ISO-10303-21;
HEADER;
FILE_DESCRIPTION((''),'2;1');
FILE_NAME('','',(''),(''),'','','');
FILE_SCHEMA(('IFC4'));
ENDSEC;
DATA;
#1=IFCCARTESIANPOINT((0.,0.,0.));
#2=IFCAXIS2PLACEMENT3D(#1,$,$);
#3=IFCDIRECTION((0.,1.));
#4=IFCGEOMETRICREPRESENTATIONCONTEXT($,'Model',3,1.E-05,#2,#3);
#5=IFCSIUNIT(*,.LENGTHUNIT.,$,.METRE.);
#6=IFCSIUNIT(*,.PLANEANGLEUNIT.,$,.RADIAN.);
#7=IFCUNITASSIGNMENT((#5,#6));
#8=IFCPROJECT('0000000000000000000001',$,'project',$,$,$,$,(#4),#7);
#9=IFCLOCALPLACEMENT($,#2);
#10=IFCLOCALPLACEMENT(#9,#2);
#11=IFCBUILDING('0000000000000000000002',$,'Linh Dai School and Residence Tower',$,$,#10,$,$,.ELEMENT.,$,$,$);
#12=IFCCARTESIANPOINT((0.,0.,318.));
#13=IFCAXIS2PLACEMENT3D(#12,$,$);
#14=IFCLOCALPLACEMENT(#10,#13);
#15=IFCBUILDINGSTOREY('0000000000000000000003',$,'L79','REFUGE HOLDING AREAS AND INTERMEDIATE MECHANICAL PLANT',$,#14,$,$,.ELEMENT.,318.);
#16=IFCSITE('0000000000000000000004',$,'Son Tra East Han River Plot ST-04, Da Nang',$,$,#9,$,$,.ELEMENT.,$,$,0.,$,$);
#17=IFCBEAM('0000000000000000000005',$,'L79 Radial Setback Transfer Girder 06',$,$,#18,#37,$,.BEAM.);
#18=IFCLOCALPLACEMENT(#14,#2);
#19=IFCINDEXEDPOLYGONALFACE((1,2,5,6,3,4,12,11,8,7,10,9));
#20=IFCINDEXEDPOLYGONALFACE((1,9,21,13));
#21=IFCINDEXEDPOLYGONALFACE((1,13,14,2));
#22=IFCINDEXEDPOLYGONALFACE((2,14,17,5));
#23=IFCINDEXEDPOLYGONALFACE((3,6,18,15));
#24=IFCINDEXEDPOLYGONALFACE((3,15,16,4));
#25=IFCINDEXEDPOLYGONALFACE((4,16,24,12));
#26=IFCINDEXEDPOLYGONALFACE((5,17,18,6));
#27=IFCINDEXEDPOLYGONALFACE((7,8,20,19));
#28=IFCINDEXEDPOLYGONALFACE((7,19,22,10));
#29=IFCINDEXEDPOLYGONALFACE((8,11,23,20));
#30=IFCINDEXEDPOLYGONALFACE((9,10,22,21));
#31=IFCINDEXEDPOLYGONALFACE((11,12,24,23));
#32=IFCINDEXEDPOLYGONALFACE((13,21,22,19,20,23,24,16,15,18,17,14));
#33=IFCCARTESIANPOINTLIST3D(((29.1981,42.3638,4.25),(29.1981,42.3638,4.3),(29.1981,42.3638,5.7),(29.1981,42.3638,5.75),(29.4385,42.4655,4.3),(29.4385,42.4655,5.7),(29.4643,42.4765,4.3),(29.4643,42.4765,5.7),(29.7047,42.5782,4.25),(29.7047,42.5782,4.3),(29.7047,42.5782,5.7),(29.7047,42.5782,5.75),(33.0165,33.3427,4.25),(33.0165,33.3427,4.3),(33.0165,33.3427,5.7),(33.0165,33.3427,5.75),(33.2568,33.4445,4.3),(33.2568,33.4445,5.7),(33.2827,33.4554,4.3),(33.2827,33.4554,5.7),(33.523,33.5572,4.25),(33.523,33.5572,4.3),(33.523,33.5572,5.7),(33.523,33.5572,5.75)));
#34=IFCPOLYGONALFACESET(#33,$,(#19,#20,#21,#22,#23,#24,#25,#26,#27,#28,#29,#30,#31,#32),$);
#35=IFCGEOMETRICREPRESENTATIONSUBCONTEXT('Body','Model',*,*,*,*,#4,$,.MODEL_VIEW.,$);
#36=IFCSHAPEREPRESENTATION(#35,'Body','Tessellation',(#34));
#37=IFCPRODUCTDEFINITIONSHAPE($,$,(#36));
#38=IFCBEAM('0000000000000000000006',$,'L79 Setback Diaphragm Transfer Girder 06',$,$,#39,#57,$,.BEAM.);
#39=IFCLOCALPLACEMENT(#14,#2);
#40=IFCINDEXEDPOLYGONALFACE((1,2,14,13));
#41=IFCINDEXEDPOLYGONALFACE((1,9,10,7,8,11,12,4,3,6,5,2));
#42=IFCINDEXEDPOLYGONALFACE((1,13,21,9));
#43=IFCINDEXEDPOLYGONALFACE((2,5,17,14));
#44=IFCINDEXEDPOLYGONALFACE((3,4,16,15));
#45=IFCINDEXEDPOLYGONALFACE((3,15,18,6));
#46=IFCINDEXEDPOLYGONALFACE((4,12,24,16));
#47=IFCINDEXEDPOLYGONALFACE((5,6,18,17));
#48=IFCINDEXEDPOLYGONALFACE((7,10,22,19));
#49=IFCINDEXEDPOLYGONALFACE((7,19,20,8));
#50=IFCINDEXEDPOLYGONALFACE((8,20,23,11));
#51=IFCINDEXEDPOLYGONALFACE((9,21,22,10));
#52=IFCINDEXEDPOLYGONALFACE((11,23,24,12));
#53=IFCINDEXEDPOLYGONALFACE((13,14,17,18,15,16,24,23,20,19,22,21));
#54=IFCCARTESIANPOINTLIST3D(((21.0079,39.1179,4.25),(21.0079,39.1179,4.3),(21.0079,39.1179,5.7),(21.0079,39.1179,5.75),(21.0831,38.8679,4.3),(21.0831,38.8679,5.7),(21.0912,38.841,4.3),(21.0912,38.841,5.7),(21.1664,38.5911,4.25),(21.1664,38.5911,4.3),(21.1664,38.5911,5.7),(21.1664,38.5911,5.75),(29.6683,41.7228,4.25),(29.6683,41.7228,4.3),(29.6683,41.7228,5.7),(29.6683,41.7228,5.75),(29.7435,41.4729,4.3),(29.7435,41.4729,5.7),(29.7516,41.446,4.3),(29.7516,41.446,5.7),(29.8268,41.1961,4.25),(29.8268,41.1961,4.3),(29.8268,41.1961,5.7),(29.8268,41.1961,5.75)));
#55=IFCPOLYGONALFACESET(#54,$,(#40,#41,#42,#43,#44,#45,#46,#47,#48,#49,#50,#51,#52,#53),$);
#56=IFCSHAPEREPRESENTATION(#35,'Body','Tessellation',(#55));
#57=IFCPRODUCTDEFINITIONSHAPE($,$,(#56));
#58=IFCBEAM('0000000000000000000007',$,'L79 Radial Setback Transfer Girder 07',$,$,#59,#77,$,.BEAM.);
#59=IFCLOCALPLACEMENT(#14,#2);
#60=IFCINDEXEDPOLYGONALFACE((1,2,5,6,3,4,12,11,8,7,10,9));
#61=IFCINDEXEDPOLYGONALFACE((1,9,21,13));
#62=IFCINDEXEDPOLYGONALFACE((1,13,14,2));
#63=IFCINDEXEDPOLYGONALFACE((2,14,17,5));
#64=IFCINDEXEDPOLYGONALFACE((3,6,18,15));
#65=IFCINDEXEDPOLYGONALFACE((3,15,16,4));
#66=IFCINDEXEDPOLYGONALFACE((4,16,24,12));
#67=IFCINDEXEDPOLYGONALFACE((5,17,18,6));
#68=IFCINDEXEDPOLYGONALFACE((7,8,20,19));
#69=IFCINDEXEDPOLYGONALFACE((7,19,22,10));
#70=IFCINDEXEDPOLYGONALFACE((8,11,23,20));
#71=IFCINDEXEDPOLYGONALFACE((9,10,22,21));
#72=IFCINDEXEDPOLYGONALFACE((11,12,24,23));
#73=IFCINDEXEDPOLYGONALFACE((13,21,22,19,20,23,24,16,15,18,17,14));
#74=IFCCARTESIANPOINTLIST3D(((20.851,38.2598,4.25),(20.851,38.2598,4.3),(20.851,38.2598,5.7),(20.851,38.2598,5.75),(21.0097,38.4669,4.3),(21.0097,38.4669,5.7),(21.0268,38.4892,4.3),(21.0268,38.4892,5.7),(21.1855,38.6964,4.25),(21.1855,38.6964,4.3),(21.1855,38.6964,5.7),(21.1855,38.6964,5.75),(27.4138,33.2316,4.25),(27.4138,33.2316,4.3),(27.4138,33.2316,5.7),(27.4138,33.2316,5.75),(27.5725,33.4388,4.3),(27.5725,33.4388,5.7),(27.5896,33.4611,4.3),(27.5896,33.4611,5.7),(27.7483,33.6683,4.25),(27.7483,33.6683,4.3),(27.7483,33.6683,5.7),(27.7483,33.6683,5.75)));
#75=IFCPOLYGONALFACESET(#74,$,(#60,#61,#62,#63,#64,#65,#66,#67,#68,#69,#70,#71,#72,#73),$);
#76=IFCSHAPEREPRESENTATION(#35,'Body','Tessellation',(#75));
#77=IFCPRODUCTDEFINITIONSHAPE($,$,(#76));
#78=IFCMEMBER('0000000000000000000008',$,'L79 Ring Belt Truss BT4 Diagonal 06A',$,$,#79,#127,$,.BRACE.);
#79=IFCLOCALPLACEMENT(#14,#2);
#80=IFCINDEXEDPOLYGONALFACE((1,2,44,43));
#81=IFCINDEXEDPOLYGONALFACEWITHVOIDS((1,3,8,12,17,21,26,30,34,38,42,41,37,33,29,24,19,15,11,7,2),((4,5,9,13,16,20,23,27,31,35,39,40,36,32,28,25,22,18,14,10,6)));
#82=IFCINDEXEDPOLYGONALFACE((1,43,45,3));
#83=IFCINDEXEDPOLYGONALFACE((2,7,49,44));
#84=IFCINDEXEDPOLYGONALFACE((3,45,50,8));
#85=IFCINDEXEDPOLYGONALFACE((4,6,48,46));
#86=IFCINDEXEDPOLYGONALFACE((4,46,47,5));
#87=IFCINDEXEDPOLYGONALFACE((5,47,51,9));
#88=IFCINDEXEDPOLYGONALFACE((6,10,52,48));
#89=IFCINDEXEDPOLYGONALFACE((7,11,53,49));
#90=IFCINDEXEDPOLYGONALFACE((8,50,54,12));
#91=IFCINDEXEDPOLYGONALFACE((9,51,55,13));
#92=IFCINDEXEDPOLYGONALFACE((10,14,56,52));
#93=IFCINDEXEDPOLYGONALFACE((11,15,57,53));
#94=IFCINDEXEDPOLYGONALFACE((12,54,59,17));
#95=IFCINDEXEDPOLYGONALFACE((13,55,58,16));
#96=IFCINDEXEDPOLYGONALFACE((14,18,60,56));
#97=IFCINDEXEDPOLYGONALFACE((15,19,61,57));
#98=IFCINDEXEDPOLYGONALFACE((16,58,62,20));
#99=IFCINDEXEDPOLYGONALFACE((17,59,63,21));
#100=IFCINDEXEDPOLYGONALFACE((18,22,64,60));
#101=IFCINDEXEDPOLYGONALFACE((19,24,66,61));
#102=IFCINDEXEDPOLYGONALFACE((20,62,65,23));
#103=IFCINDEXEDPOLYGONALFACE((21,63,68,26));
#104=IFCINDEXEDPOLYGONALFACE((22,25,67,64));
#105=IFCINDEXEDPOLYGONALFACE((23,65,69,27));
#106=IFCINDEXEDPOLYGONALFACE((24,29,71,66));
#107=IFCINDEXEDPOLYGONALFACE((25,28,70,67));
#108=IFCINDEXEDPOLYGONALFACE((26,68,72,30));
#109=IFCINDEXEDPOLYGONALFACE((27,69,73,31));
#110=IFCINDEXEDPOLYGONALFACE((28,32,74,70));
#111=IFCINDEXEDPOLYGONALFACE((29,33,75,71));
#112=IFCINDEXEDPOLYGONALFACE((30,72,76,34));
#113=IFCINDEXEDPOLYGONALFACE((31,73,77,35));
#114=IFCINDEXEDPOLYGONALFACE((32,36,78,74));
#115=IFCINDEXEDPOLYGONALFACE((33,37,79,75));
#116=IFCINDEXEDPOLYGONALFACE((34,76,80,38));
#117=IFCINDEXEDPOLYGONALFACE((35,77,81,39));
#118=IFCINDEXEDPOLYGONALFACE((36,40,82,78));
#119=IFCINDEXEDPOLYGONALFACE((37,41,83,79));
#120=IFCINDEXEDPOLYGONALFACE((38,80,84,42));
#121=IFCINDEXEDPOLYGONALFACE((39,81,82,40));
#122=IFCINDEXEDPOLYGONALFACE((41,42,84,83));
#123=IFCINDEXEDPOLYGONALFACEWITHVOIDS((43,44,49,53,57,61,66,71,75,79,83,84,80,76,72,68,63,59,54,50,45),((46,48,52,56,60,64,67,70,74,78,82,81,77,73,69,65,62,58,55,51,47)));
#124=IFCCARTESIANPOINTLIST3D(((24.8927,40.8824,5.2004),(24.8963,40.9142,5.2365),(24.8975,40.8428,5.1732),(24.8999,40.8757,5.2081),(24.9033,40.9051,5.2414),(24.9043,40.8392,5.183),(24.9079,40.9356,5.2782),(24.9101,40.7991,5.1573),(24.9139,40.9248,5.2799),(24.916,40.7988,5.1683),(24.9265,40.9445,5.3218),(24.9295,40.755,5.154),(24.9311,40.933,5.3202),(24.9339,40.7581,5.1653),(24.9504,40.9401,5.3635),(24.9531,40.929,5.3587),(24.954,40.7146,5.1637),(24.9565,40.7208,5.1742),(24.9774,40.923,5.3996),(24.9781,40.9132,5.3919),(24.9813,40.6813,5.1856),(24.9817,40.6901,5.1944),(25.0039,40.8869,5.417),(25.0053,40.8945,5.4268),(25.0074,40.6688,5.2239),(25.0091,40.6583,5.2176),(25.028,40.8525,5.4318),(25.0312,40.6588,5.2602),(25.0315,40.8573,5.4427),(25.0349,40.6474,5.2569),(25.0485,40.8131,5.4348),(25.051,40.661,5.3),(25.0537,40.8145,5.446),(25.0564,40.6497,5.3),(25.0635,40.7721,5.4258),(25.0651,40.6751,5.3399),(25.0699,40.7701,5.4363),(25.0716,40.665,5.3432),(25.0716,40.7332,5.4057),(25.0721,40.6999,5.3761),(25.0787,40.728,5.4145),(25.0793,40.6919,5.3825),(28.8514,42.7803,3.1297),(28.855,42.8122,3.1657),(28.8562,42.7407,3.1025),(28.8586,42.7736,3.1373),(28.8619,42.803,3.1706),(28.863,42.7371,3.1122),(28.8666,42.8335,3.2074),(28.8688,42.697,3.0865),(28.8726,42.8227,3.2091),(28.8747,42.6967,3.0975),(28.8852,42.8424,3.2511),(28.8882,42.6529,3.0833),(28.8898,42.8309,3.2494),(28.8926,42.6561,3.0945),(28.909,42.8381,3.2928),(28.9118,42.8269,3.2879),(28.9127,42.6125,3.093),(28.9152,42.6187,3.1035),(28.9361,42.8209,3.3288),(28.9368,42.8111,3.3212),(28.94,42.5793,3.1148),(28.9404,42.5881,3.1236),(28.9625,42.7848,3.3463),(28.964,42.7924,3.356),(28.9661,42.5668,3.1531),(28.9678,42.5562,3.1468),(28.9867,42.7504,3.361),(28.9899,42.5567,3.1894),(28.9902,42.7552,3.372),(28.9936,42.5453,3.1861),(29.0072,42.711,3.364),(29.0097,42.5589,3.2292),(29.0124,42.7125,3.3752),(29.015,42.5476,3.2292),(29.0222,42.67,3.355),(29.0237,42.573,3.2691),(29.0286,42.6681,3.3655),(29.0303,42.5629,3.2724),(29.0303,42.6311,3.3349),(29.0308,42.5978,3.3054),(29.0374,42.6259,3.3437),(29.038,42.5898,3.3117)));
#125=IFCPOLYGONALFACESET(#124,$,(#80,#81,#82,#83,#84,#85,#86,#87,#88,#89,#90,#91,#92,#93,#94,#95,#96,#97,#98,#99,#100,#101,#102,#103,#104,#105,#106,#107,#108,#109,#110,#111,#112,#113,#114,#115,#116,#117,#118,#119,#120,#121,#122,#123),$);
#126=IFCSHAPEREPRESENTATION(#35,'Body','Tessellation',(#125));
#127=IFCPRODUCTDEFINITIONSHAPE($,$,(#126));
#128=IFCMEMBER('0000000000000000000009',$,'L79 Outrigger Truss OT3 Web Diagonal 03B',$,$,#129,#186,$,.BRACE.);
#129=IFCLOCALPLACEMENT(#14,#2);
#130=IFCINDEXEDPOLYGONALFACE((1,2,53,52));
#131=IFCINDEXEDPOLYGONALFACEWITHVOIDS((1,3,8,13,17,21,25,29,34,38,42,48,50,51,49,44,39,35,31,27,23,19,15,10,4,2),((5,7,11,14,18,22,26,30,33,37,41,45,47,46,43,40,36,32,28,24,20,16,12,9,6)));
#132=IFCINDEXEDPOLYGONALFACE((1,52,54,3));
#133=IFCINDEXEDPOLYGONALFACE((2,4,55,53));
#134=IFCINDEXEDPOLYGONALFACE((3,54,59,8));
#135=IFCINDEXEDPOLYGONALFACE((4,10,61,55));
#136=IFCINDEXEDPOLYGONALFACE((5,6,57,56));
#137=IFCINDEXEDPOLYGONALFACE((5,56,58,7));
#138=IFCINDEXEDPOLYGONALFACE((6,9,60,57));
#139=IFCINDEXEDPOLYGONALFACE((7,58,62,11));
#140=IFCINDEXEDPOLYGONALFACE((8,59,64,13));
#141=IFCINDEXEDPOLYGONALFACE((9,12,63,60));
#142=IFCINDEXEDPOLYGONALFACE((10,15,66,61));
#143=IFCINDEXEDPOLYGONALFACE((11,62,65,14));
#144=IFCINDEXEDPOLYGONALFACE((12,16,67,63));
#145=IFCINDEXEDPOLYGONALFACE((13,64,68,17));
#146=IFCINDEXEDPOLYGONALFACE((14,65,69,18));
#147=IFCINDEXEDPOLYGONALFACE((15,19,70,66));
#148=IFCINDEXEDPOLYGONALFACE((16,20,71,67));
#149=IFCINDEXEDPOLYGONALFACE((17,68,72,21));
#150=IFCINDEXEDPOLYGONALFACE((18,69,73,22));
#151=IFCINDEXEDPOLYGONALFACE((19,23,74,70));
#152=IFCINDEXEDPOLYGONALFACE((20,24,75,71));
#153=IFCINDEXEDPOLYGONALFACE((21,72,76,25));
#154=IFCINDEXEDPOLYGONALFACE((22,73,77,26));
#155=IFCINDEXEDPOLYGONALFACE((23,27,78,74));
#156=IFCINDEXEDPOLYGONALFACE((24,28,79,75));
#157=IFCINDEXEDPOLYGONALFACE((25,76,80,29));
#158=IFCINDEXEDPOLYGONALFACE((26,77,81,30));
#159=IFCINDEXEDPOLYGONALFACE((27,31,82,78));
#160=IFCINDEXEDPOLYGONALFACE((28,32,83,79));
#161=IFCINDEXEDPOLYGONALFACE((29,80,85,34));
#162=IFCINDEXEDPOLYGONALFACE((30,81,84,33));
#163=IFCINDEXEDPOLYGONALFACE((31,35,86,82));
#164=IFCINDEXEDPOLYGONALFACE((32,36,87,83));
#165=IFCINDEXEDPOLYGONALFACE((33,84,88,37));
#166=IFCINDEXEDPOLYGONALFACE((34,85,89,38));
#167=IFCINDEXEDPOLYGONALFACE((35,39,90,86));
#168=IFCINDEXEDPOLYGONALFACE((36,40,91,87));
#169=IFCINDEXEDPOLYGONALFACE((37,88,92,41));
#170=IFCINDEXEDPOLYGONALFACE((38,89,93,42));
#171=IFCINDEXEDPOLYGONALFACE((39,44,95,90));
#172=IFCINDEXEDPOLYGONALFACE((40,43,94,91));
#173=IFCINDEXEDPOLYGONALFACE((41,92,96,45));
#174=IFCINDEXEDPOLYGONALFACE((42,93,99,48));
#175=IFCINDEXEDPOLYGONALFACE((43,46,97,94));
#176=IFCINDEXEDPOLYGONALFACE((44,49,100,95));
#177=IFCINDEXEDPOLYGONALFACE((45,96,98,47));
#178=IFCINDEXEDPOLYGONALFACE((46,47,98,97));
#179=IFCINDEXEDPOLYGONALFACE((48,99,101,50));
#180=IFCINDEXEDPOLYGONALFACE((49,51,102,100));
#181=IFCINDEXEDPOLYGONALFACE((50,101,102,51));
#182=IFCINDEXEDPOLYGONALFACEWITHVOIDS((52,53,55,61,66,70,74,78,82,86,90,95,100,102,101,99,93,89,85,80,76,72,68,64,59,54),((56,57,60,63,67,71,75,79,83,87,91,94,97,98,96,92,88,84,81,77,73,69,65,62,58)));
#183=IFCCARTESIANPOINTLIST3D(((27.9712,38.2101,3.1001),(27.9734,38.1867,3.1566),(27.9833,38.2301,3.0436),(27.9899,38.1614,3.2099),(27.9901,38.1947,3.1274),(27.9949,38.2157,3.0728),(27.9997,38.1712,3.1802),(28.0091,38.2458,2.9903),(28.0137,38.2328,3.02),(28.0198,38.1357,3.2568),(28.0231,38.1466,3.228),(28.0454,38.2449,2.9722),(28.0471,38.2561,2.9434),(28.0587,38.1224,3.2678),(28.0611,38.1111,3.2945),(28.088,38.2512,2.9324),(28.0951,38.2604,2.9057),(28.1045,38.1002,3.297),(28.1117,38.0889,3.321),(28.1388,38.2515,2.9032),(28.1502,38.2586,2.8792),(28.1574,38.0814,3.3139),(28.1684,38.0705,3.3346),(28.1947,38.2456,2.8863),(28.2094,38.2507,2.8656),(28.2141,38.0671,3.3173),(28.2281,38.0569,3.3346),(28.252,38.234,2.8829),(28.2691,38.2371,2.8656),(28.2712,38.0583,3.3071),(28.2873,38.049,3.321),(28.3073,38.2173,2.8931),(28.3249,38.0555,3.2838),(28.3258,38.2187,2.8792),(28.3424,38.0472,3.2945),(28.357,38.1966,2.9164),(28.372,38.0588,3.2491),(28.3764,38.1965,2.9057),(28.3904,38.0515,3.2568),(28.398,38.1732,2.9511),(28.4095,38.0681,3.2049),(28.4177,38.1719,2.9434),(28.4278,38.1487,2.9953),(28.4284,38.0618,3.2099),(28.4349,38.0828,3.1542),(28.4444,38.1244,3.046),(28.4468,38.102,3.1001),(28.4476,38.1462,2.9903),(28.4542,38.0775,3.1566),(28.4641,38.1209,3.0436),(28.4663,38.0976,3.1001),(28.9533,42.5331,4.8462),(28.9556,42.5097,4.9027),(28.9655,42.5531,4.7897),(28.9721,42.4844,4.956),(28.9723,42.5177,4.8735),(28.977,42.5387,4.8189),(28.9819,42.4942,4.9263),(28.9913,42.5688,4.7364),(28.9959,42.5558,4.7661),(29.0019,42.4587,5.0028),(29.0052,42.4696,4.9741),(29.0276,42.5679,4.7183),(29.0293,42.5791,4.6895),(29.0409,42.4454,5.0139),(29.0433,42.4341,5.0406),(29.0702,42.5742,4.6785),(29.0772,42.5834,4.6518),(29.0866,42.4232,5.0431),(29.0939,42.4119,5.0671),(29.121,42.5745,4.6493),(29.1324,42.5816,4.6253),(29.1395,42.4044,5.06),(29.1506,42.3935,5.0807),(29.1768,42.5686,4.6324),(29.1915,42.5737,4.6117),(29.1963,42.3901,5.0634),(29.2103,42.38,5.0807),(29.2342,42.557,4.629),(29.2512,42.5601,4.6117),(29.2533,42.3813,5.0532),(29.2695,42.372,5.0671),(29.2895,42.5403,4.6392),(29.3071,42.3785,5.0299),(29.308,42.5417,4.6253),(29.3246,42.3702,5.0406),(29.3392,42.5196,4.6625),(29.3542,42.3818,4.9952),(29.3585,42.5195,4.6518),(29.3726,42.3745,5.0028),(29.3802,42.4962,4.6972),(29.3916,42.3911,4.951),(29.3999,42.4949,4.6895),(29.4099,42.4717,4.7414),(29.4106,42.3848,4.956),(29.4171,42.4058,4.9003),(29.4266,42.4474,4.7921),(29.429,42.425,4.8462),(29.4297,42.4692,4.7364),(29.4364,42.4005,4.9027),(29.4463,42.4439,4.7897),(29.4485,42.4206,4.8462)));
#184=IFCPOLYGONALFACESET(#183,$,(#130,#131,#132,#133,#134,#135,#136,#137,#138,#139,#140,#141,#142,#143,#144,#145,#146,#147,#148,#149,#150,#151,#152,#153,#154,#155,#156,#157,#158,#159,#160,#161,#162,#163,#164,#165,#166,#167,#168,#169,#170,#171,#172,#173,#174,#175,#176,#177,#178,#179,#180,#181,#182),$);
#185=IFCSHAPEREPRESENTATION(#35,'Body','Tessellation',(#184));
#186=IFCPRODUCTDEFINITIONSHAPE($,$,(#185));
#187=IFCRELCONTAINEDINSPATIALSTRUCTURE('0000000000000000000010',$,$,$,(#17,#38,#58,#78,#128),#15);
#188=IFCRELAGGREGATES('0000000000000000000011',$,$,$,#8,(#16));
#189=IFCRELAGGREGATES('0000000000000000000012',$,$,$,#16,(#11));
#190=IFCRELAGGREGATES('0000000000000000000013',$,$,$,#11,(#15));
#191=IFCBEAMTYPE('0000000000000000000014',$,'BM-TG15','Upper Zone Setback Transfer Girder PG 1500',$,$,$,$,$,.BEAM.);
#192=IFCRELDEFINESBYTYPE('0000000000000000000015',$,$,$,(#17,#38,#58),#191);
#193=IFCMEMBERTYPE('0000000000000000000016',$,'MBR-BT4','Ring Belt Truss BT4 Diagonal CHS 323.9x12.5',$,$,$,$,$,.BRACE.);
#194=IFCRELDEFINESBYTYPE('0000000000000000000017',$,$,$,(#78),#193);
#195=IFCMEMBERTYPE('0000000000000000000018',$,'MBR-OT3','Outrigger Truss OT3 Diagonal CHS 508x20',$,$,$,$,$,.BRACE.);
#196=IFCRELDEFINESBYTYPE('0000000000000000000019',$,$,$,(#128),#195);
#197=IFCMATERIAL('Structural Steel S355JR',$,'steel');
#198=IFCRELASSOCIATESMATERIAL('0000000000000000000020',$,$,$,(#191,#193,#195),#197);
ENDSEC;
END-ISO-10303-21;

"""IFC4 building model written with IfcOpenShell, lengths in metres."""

from ifc_helpers import new_model, si_unit, direction, frame, origin, origin_2d, place, context, subcontext, project, spatial, hollow_circle, i_section, extrude, material, material_profile, profile_set, type_object, element, save


model = new_model("IFC4")

# Units and contexts
model_context = context("Model", 3, precision=1e-05, world=origin(), true_north=direction((0.0, 1.0)))
body_context = subcontext(model_context, "Body", "Model", "MODEL_VIEW")
ifc_project = project(units=[si_unit("LENGTHUNIT", "METRE"), si_unit("PLANEANGLEUNIT", "RADIAN")], contexts=[model_context])

# Site, building, storey
site_placement = place(None, origin())
site = spatial("IfcSite", under=ifc_project, at=site_placement, Name="Son Tra East Han River Plot ST-04, Da Nang", CompositionType="ELEMENT", RefElevation=0.0)
building_placement = place(site_placement, origin())
building = spatial("IfcBuilding", under=site, at=building_placement, Name="Linh Dai School and Residence Tower", CompositionType="ELEMENT")
storey_placement = place(building_placement, frame((0.0, 0.0, 318.0)))
storey = spatial("IfcBuildingStorey", under=building, at=storey_placement, Name="L79", Description="REFUGE HOLDING AREAS AND INTERMEDIATE MECHANICAL PLANT", CompositionType="ELEMENT", Elevation=318.0)

# Shared definitions
ifc_material_1 = material(Name="Structural Steel S355JR", Category="steel")

# Beams
ifc_material_profile_1 = material_profile(ifc_material_1, i_section(OverallWidth=0.55, OverallDepth=1.5, WebThickness=0.0281, FlangeThickness=0.05, at=origin_2d()), Name="PG 1500x550x28x50")
ifc_profile_set_1 = profile_set([ifc_material_profile_1], Name="Structural Steel S355JR")
beam_type_1 = type_object("IfcBeamType", Name="BM-TG15", Description="Upper Zone Setback Transfer Girder PG 1500", PredefinedType="BEAM", material=ifc_profile_set_1)
beam_1_placement = place(storey_placement, frame((33.2698, 33.45, 5.0), z_axis=(-0.389794, 0.920902, 0.0), x_axis=(-0.920902, -0.389794, 0.0)))
element("IfcBeam", 1, at=beam_1_placement, inside=storey, type_object=beam_type_1, Name="L79 Radial Setback Transfer Girder 06", PredefinedType="BEAM", context=body_context, shape_type="SweptSolid", body=[
    extrude(i_section(OverallWidth=0.55, OverallDepth=1.5, WebThickness=0.0281, FlangeThickness=0.05, at=origin_2d()), origin(), (0.0, 0.0, 1.0), 9.7959),
])
beam_2_placement = place(storey_placement, frame((29.7476, 41.4595, 5.0), z_axis=(-0.957617, -0.288044, 0.0), x_axis=(0.288044, -0.957617, 0.0)))
element("IfcBeam", 2, at=beam_2_placement, inside=storey, type_object=beam_type_1, Name="L79 Setback Diaphragm Transfer Girder 06", PredefinedType="BEAM", context=body_context, shape_type="SweptSolid", body=[
    extrude(i_section(OverallWidth=0.55, OverallDepth=1.5, WebThickness=0.0281, FlangeThickness=0.05, at=origin_2d()), origin(), (0.0, 0.0, 1.0), 9.0437),
])
beam_3_placement = place(storey_placement, frame((27.5811, 33.45, 5.0), z_axis=(-0.793803, 0.608175, 0.0), x_axis=(-0.608175, -0.793803, 0.0)))
element("IfcBeam", 3, at=beam_3_placement, inside=storey, type_object=beam_type_1, Name="L79 Radial Setback Transfer Girder 07", PredefinedType="BEAM", context=body_context, shape_type="SweptSolid", body=[
    extrude(i_section(OverallWidth=0.55, OverallDepth=1.5, WebThickness=0.0281, FlangeThickness=0.05, at=origin_2d()), origin(), (0.0, 0.0, 1.0), 8.2676),
])

# Members
ifc_material_profile_2 = material_profile(ifc_material_1, hollow_circle(Radius=0.1619, WallThickness=0.0125, at=origin_2d()), Name="CHS 323.9x12.5")
ifc_profile_set_2 = profile_set([ifc_material_profile_2], Name="Structural Steel S355JR")
member_type_1 = type_object("IfcMemberType", Name="MBR-BT4", Description="Ring Belt Truss BT4 Diagonal CHS 323.9x12.5", PredefinedType="BRACE", material=ifc_profile_set_2)
member_1_placement = place(storey_placement, frame((28.9451, 42.6936, 3.2292), z_axis=(-0.81555, -0.391001, 0.426611), x_axis=(0.432315, -0.901723, 0.0)))
element("IfcMember", 4, at=member_1_placement, inside=storey, type_object=member_type_1, Name="L79 Ring Belt Truss BT4 Diagonal 06A", PredefinedType="BRACE", context=body_context, shape_type="SweptSolid", body=[
    extrude(hollow_circle(Radius=0.1619, WallThickness=0.0125, at=origin_2d()), origin(), (0.0, 0.0, 1.0), 4.854),
])
ifc_material_profile_3 = material_profile(ifc_material_1, hollow_circle(Radius=0.2539, WallThickness=0.02, at=origin_2d()), Name="CHS 508x20")
ifc_profile_set_3 = profile_set([ifc_material_profile_3], Name="Structural Steel S355JR")
member_type_2 = type_object("IfcMemberType", Name="MBR-OT3", Description="Outrigger Truss OT3 Diagonal CHS 508x20", PredefinedType="BRACE", material=ifc_profile_set_3)
member_2_placement = place(storey_placement, frame((29.2009, 42.4768, 4.8462), z_axis=(-0.206139, -0.907308, -0.366469), x_axis=(0.975149, -0.221552, 0.0)))
element("IfcMember", 5, at=member_2_placement, inside=storey, type_object=member_type_2, Name="L79 Outrigger Truss OT3 Web Diagonal 03B", PredefinedType="BRACE", context=body_context, shape_type="SweptSolid", body=[
    extrude(hollow_circle(Radius=0.2539, WallThickness=0.02, at=origin_2d()), origin(), (0.0, 0.0, 1.0), 4.7646),
])

save(model, "model.ifc")
